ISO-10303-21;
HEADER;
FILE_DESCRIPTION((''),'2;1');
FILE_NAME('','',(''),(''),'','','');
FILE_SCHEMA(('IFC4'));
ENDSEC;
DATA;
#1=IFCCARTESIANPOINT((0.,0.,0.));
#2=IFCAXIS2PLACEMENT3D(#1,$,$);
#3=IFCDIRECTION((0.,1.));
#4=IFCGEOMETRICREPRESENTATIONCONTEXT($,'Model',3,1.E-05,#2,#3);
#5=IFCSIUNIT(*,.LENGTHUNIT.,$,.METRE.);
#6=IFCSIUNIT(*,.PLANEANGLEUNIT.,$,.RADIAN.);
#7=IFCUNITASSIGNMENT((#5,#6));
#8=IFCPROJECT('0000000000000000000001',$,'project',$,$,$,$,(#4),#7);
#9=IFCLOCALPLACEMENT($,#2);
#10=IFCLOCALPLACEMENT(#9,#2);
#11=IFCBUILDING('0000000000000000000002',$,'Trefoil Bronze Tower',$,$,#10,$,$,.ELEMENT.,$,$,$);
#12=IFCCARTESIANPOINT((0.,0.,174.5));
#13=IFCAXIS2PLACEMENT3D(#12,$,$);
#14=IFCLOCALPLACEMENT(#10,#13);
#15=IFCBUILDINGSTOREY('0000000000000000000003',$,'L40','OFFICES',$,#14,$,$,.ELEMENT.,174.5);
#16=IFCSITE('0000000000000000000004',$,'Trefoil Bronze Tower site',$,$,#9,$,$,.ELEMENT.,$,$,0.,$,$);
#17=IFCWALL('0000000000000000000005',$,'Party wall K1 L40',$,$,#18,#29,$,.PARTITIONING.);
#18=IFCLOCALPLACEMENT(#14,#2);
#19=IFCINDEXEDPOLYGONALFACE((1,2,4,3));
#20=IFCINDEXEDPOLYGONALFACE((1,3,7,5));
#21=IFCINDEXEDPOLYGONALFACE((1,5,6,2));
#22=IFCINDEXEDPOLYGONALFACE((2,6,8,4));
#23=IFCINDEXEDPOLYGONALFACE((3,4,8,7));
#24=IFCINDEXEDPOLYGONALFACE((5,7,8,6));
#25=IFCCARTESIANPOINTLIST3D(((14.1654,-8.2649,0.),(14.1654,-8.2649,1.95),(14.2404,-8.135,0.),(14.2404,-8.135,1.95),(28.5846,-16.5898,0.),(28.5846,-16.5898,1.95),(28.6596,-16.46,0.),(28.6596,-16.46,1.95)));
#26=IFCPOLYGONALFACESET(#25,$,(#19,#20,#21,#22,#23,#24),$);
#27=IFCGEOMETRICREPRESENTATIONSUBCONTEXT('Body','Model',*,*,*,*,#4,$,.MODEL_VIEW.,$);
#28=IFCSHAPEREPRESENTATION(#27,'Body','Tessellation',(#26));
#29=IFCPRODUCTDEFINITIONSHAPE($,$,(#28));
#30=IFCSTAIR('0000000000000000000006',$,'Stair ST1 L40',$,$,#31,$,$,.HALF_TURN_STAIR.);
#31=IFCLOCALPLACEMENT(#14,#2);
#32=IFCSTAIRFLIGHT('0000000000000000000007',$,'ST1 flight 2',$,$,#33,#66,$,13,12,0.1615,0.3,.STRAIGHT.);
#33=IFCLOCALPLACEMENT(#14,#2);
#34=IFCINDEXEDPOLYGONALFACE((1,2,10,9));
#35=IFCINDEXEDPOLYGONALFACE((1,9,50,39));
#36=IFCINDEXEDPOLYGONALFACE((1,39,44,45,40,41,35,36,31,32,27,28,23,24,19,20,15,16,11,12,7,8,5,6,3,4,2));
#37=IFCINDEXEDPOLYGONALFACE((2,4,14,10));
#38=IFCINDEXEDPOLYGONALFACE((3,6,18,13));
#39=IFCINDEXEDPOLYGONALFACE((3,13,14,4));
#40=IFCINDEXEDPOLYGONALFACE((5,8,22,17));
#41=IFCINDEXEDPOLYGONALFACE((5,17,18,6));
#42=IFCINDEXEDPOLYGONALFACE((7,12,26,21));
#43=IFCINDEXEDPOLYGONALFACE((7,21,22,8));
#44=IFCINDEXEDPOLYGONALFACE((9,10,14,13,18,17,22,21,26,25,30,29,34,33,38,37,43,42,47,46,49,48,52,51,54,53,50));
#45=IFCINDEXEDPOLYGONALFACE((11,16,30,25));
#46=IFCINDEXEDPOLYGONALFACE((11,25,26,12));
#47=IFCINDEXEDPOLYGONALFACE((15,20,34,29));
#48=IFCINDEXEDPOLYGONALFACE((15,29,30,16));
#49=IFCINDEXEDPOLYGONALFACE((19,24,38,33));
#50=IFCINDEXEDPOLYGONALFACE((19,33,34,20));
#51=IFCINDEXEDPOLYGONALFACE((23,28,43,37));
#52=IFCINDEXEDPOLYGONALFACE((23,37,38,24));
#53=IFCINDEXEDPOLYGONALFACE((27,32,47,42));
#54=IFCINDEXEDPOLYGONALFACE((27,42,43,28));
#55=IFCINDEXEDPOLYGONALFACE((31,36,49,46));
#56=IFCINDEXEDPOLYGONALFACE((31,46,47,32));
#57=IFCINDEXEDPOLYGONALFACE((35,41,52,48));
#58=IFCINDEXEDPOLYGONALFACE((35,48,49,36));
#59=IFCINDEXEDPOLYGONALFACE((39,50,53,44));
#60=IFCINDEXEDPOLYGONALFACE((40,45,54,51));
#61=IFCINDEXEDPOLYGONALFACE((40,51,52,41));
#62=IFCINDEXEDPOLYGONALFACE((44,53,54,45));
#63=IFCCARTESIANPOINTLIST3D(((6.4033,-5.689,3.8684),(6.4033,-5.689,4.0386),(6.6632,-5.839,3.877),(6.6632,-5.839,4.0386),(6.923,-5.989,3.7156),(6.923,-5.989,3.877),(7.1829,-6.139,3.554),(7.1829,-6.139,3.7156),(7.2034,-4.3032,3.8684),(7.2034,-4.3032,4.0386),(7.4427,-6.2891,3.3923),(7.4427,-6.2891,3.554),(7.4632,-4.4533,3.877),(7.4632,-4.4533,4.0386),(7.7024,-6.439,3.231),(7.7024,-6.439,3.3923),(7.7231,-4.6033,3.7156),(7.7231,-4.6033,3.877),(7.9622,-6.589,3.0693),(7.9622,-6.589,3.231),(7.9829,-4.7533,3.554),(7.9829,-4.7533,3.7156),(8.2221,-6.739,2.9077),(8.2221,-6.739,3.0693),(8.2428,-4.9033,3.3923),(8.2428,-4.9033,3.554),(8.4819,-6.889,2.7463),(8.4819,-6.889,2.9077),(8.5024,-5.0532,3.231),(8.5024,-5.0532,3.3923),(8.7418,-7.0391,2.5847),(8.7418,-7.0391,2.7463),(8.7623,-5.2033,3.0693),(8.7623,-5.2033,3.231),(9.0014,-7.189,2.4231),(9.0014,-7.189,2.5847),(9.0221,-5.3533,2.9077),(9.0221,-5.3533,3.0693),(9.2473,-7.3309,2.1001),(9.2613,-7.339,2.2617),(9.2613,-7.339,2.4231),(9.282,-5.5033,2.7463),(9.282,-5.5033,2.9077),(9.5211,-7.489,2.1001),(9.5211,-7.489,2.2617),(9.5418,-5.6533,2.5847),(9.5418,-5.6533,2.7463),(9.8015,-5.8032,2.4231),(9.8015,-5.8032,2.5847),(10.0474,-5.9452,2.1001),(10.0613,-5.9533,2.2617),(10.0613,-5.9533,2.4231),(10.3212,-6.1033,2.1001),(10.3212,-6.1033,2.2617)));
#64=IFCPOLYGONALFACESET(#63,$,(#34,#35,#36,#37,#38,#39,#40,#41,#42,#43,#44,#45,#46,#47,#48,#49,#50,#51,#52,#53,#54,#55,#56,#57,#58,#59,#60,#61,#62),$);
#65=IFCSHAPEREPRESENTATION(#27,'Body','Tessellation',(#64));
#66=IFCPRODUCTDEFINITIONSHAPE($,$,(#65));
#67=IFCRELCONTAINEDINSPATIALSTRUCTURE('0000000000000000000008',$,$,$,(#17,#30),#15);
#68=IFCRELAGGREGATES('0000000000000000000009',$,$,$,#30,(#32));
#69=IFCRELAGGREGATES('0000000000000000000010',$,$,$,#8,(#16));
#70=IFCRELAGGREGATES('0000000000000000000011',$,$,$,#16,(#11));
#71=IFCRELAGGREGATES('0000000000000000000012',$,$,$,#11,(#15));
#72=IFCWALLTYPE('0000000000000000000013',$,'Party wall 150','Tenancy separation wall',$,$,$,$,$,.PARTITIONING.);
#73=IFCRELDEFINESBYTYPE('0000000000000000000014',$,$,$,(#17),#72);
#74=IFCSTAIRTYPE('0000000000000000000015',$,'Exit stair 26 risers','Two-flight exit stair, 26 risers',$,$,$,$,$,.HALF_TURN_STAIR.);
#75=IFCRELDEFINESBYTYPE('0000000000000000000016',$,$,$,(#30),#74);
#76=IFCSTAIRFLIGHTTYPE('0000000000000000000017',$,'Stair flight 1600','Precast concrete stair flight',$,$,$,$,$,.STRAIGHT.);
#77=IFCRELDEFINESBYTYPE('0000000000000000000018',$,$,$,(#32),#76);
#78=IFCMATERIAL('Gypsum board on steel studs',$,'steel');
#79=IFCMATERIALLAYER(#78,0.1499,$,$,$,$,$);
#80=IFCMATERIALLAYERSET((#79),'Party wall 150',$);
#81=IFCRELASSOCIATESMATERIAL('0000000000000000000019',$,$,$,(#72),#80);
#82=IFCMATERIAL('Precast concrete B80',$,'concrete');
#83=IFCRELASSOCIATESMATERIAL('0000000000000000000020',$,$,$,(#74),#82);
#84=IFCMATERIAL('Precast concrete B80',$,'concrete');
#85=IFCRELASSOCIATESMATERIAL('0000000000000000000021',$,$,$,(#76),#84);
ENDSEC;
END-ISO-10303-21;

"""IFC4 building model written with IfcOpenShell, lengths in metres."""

from ifc_helpers import new_model, si_unit, direction, frame, frame_2d, origin, place, context, subcontext, project, spatial, polyline, rectangle, outline, extrude, material, layer, layer_set, type_object, element, aggregate, save


model = new_model("IFC4")

# Units and contexts
model_context = context("Model", 3, precision=1e-05, world=origin(), true_north=direction((0.0, 1.0)))
body_context = subcontext(model_context, "Body", "Model", "MODEL_VIEW")
ifc_project = project(units=[si_unit("LENGTHUNIT", "METRE"), si_unit("PLANEANGLEUNIT", "RADIAN")], contexts=[model_context])

# Site, building, storey
site_placement = place(None, origin())
site = spatial("IfcSite", under=ifc_project, at=site_placement, Name="Trefoil Bronze Tower site", CompositionType="ELEMENT", RefElevation=0.0)
building_placement = place(site_placement, origin())
building = spatial("IfcBuilding", under=site, at=building_placement, Name="Trefoil Bronze Tower", CompositionType="ELEMENT")
storey_placement = place(building_placement, frame((0.0, 0.0, 174.5)))
storey = spatial("IfcBuildingStorey", under=building, at=storey_placement, Name="L40", Description="OFFICES", CompositionType="ELEMENT", Elevation=174.5)

# Wall
ifc_material_1 = material(Name="Gypsum board on steel studs", Category="steel")
ifc_layer_1 = layer(ifc_material_1, 0.1499)
ifc_layer_set_1 = layer_set([ifc_layer_1], Name="Party wall 150")
wall_type_1 = type_object("IfcWallType", Name="Party wall 150", Description="Tenancy separation wall", PredefinedType="PARTITIONING", material=ifc_layer_set_1)
wall_1_placement = place(storey_placement, frame((14.2029, -8.2, 0.0), z_axis=(0.0, 0.0, 1.0), x_axis=(0.866025, -0.500001, 0.0)))
element("IfcWall", 1, at=wall_1_placement, inside=storey, type_object=wall_type_1, Name="Party wall K1 L40", PredefinedType="PARTITIONING", context=body_context, shape_type="SweptSolid", body=[
    extrude(rectangle(XDim=16.6499, YDim=0.1499, at=frame_2d((8.325, 0.0))), origin(), (0.0, 0.0, 1.0), 1.95),
])

# Stair, stair flight
ifc_material_2 = material(Name="Precast concrete B80", Category="concrete")
stair_type = type_object("IfcStairType", Name="Exit stair 26 risers", Description="Two-flight exit stair, 26 risers", PredefinedType="HALF_TURN_STAIR", material=ifc_material_2)
stair_placement = place(storey_placement, origin())
stair = element("IfcStair", 2, at=stair_placement, inside=storey, type_object=stair_type, Name="Stair ST1 L40", PredefinedType="HALF_TURN_STAIR")
ifc_material_3 = material(Name="Precast concrete B80", Category="concrete")
stair_flight_type = type_object("IfcStairFlightType", Name="Stair flight 1600", Description="Precast concrete stair flight", PredefinedType="STRAIGHT", material=ifc_material_3)
stair_flight_placement = place(storey_placement, frame((9.9211, -6.7961, 2.1001), z_axis=(0.0, 0.0, 1.0), x_axis=(-0.866025, 0.5, 0.0)))
stair_flight = element("IfcStairFlight", 3, at=stair_flight_placement, type_object=stair_flight_type, Name="ST1 flight 2", NumberOfRisers=13, NumberOfTreads=12, PredefinedType="STRAIGHT", RiserHeight=0.1615, TreadLength=0.3, context=body_context, shape_type="SweptSolid", body=[
    extrude(outline(polyline([(0.0, 0.0), (0.0, 0.1616), (0.3, 0.1616), (0.3, 0.323), (0.6001, 0.323), (0.6001, 0.4846), (0.8999, 0.4846), (0.8999, 0.6462), (1.2, 0.6462), (1.2, 0.8076), (1.5, 0.8076), (1.5, 0.9692), (1.8, 0.9692), (1.8, 1.1309), (2.1001, 1.1309), (2.1001, 1.2922), (2.3999, 1.2922), (2.3999, 1.4539), (2.7, 1.4539), (2.7, 1.6155), (3.0, 1.6155), (3.0, 1.7769), (3.3, 1.7769), (3.3, 1.9385), (3.6001, 1.9385), (3.6001, 2.1001), (3.6001, 1.7683), (0.3162, 0.0), (0.0, 0.0)])), frame((0.0, 0.8, 0.0), z_axis=(0.0, -1.0, 0.0), x_axis=(1.0, 0.0, 0.0)), (0.0, 0.0, 1.0), 1.6001),
])
aggregate(stair, [stair_flight])

save(model, "model.ifc")
